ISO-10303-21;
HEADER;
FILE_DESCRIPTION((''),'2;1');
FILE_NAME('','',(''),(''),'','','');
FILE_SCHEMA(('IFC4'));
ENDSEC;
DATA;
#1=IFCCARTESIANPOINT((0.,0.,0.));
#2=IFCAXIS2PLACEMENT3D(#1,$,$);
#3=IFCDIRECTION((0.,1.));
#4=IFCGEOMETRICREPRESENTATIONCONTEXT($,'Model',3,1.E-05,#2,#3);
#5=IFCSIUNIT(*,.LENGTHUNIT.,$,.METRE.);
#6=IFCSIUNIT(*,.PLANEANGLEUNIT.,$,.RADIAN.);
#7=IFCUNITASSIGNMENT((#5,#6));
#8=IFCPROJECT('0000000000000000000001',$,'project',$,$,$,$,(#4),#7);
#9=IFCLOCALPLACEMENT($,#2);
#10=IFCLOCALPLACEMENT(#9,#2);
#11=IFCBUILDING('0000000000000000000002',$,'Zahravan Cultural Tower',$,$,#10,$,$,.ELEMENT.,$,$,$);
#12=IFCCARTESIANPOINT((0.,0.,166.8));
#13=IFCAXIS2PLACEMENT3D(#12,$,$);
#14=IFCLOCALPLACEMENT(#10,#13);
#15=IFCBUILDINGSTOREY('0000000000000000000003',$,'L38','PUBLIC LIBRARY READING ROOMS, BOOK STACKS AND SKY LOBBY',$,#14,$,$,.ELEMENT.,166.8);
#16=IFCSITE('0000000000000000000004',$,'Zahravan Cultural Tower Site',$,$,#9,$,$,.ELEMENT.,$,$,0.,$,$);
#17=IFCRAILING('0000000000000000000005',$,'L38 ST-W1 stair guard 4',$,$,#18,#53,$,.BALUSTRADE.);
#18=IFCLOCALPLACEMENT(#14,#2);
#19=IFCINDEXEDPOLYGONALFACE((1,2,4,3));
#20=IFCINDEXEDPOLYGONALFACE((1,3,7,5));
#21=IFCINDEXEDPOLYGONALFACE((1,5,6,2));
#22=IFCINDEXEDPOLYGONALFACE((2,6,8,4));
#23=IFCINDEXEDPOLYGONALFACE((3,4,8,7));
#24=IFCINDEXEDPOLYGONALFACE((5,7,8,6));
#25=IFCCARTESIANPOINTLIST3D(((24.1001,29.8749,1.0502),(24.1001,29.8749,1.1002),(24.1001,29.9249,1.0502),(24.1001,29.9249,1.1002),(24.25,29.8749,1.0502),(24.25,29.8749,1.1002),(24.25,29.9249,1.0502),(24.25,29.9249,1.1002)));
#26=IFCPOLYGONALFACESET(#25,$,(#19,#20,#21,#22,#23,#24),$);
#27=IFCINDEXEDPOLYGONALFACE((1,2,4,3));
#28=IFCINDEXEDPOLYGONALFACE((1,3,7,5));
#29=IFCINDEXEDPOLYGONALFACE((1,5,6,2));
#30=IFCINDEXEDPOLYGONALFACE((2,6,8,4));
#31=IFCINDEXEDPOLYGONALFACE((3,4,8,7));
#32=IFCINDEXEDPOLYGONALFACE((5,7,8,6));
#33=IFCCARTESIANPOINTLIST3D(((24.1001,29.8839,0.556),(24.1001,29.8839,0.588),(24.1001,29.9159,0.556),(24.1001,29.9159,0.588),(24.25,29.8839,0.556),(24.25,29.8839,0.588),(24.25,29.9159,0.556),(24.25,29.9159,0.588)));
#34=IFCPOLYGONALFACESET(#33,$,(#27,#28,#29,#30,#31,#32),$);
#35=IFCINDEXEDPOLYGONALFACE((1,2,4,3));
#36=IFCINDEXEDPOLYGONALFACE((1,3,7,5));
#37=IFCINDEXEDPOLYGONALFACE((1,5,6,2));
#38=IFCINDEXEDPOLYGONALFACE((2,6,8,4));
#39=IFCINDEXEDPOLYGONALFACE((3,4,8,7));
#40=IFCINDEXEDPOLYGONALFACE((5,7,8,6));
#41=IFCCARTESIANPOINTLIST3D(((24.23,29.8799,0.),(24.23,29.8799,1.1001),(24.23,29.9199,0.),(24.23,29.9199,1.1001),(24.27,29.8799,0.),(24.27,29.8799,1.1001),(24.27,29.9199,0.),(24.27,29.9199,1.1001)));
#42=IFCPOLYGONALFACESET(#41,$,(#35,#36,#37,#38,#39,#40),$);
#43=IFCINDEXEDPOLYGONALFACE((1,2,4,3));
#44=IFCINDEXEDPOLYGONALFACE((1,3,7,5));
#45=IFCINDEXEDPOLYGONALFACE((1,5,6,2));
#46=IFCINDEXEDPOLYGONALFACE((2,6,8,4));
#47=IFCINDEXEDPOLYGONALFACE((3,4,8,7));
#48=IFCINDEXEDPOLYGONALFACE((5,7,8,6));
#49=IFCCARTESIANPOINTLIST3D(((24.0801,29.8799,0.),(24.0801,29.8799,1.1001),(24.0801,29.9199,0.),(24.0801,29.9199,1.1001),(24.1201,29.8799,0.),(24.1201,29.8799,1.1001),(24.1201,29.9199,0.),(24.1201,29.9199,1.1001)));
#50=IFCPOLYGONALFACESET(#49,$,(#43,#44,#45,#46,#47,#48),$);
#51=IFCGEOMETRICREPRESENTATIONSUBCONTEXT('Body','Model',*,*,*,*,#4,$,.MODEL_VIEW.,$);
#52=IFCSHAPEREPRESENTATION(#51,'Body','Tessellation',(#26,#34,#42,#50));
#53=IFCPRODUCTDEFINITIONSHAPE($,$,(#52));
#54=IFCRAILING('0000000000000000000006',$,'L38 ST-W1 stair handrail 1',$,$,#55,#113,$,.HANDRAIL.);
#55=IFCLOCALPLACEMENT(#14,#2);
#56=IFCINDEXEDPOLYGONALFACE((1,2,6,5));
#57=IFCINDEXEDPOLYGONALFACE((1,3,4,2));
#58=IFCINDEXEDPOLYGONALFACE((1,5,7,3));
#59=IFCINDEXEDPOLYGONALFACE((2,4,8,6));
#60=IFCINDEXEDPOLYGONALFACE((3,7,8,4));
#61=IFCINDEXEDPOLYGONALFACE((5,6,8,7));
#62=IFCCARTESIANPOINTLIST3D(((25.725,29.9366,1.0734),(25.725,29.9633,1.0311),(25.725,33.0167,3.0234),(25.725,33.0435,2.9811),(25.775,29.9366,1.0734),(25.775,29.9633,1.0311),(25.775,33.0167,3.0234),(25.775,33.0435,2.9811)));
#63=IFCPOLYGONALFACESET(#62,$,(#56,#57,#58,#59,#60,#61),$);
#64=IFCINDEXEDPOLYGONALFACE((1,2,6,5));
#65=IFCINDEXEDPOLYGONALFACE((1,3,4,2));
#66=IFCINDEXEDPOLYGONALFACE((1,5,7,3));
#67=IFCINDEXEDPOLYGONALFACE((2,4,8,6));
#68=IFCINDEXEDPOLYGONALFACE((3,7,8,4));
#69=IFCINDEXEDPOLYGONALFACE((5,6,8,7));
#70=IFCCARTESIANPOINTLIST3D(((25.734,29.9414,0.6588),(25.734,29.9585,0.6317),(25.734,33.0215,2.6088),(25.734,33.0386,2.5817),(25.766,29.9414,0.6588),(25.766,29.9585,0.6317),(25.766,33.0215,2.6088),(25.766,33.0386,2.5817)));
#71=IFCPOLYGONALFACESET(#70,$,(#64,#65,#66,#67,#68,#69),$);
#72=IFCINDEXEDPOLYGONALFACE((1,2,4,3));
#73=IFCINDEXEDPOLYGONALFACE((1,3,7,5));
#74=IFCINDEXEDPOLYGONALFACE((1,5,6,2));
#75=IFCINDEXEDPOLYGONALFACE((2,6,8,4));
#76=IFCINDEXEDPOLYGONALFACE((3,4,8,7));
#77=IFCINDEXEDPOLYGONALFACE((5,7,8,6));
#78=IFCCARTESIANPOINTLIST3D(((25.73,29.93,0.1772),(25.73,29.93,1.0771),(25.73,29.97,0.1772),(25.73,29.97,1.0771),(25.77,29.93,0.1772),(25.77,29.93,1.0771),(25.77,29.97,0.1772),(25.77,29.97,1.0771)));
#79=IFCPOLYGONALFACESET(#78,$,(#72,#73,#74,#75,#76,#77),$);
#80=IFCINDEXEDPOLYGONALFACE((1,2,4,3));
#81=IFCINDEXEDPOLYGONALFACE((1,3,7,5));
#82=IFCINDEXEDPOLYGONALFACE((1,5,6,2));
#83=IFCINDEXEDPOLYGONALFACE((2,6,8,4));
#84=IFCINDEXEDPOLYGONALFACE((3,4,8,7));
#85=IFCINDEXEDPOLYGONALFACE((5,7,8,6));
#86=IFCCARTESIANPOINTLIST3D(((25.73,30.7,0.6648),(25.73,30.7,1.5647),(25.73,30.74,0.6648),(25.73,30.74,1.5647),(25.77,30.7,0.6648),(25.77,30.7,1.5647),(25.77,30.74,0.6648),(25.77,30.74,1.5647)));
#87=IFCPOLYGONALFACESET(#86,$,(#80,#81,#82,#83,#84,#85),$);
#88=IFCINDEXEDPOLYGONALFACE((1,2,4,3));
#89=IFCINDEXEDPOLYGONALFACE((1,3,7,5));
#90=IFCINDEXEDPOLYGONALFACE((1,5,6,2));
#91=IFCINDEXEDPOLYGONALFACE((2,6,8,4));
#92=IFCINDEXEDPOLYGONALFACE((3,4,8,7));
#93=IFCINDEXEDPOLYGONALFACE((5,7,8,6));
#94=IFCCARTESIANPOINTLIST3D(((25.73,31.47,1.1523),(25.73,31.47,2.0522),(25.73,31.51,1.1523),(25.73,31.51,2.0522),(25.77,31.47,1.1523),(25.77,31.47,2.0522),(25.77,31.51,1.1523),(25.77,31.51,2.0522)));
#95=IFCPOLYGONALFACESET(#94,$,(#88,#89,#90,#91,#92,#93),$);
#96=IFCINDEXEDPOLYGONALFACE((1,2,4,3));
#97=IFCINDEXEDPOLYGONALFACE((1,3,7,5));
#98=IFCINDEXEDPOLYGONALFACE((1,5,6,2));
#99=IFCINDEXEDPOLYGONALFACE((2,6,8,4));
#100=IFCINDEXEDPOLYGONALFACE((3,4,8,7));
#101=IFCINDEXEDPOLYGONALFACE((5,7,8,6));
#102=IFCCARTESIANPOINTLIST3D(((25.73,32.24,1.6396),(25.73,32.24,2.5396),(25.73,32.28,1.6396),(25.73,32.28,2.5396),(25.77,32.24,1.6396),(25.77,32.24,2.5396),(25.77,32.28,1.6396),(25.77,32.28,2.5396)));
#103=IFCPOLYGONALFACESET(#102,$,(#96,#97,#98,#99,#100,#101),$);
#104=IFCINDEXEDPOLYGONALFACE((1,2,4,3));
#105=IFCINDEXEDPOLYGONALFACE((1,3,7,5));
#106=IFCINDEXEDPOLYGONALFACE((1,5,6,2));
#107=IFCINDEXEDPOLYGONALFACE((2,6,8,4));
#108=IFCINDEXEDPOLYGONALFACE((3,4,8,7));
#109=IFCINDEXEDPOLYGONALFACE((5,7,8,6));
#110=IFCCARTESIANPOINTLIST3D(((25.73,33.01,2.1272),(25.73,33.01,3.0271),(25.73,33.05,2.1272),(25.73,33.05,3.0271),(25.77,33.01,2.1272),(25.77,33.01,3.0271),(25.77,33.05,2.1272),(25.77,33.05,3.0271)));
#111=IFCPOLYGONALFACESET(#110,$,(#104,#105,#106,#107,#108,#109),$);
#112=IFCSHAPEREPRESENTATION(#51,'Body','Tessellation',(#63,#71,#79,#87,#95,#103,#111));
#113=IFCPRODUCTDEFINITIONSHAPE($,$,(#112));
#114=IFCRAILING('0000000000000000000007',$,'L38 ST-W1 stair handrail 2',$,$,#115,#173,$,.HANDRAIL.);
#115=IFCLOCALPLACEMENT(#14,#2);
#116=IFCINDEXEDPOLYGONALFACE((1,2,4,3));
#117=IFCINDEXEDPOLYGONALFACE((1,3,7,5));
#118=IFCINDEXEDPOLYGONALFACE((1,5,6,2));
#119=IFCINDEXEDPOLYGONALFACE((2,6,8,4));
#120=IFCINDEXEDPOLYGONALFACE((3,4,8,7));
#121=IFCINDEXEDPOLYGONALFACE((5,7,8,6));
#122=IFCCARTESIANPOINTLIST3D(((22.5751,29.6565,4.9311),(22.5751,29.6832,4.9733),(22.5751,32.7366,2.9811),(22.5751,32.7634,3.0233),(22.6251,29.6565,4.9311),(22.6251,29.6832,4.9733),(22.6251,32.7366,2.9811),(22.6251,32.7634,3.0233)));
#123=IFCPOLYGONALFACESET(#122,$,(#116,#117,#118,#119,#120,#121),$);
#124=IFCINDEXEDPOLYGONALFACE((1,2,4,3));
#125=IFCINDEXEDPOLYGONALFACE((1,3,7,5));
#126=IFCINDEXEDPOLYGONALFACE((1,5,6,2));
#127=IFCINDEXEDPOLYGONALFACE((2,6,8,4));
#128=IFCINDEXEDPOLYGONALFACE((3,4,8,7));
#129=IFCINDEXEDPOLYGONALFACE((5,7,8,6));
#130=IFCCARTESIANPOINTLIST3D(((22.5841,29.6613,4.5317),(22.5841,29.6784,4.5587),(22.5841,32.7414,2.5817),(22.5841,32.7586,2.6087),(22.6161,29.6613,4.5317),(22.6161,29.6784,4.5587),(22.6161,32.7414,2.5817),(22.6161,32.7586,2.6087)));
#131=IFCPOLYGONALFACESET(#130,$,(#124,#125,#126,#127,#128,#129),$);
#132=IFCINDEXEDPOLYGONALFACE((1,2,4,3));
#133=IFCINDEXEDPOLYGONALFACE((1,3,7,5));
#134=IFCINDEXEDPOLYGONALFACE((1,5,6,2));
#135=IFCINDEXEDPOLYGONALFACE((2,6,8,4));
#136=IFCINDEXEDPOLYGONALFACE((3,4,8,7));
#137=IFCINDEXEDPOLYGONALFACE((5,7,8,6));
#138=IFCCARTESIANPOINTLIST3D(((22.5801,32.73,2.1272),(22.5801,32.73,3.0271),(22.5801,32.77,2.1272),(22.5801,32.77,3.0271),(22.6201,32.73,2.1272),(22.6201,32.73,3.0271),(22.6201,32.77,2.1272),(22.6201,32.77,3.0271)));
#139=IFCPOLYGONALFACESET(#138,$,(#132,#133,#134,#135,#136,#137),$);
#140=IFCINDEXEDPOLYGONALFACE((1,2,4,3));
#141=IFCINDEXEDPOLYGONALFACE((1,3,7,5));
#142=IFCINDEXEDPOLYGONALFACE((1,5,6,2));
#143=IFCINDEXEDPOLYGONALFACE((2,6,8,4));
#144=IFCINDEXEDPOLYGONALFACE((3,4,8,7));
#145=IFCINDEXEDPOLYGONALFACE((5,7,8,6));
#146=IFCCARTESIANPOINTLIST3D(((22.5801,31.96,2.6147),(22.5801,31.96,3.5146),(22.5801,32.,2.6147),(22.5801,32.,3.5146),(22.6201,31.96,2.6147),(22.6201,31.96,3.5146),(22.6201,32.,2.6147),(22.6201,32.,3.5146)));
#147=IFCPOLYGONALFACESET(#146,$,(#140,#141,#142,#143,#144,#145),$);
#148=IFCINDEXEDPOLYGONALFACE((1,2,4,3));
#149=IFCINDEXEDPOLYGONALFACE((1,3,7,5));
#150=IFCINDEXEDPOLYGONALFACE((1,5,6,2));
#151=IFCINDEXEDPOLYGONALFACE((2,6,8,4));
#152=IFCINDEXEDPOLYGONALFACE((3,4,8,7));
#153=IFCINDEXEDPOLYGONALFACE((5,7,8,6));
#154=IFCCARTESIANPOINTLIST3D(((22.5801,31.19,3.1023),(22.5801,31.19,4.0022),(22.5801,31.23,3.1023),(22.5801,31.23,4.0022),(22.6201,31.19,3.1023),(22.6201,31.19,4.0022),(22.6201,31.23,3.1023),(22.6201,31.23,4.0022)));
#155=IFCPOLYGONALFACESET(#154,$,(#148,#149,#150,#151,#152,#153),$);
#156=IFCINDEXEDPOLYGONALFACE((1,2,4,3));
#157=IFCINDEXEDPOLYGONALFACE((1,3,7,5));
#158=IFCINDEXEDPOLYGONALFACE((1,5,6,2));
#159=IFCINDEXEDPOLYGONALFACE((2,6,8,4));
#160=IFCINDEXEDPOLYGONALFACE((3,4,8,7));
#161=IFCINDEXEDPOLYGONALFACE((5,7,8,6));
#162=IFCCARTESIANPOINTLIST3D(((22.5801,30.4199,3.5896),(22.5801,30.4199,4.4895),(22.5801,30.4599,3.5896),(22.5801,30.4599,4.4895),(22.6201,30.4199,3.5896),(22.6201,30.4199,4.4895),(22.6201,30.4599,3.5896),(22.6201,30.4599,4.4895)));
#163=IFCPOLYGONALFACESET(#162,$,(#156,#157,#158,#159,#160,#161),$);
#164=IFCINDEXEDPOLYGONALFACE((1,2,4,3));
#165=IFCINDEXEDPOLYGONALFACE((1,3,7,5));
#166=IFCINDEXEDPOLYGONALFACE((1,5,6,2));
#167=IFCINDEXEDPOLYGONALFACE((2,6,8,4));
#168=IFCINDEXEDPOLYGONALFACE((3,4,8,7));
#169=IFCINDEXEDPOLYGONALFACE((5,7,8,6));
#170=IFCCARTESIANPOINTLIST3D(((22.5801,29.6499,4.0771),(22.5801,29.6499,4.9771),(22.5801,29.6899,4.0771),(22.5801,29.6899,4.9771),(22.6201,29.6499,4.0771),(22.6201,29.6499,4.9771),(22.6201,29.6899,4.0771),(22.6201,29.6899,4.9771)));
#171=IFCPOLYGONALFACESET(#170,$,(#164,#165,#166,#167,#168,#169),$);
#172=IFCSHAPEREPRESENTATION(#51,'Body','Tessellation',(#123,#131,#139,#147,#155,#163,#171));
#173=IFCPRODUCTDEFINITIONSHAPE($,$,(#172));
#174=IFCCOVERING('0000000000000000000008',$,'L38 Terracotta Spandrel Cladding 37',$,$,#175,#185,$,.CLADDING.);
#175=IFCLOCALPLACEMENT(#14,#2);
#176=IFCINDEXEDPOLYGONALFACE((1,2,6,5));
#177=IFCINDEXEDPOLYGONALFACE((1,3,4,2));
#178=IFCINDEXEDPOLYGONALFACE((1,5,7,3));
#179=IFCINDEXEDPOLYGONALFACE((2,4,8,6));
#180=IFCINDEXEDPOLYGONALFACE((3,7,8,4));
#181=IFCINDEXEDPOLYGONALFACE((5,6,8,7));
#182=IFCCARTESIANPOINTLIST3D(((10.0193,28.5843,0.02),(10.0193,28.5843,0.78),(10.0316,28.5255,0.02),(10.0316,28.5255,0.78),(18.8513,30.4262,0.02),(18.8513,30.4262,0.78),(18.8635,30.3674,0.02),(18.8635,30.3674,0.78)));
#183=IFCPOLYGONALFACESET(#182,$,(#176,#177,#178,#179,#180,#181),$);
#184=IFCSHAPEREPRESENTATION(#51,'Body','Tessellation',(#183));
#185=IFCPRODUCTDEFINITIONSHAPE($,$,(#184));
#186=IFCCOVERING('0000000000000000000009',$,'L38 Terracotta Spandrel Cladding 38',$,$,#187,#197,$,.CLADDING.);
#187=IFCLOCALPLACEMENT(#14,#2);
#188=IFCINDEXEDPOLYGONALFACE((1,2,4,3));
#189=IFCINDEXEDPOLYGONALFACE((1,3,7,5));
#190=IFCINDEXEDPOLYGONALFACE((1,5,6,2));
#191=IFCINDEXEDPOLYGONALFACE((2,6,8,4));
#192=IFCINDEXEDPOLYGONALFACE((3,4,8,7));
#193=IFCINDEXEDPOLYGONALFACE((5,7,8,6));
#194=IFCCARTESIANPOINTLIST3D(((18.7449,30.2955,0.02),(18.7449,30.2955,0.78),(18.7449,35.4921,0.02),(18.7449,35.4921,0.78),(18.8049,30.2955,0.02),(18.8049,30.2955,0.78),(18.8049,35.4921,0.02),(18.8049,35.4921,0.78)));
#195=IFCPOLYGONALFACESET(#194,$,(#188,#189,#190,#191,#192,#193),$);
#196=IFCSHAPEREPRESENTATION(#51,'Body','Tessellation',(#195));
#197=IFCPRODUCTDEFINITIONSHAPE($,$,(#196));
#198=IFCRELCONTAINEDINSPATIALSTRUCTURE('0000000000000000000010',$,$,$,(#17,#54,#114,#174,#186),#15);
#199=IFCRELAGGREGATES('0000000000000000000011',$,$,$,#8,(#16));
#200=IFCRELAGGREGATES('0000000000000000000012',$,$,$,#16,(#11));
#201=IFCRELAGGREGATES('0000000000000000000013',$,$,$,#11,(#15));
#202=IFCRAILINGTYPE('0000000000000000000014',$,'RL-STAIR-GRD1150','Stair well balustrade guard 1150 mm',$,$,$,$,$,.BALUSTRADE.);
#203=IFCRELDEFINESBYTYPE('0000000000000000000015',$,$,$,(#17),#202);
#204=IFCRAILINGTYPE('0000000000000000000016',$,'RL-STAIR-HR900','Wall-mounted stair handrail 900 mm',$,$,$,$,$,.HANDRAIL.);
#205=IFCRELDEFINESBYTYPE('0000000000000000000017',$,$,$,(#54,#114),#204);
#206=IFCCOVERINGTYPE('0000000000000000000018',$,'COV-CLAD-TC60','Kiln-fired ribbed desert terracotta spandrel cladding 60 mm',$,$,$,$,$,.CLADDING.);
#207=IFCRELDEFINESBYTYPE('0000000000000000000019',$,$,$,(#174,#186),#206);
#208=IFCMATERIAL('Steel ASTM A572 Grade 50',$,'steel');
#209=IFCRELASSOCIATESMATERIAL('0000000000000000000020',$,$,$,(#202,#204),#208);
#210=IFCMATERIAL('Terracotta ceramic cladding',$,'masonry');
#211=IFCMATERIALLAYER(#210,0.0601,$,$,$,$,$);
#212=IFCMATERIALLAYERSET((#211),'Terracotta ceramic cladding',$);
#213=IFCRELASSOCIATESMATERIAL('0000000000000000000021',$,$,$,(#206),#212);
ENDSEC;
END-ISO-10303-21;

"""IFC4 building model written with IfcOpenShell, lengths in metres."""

from ifc_helpers import new_model, si_unit, direction, frame, origin, origin_2d, place, context, subcontext, project, spatial, rectangle, extrude, source, transform, mapped, material, layer, layer_set, type_object, element, save


model = new_model("IFC4")

# Units and contexts
model_context = context("Model", 3, precision=1e-05, world=origin(), true_north=direction((0.0, 1.0)))
body_context = subcontext(model_context, "Body", "Model", "MODEL_VIEW")
ifc_project = project(units=[si_unit("LENGTHUNIT", "METRE"), si_unit("PLANEANGLEUNIT", "RADIAN")], contexts=[model_context])

# Site, building, storey
site_placement = place(None, origin())
site = spatial("IfcSite", under=ifc_project, at=site_placement, Name="Zahravan Cultural Tower Site", CompositionType="ELEMENT", RefElevation=0.0)
building_placement = place(site_placement, origin())
building = spatial("IfcBuilding", under=site, at=building_placement, Name="Zahravan Cultural Tower", CompositionType="ELEMENT")
storey_placement = place(building_placement, frame((0.0, 0.0, 166.8)))
storey = spatial("IfcBuildingStorey", under=building, at=storey_placement, Name="L38", Description="PUBLIC LIBRARY READING ROOMS, BOOK STACKS AND SKY LOBBY", CompositionType="ELEMENT", Elevation=166.8)

# Shared definitions
ifc_material_1 = material(Name="Steel ASTM A572 Grade 50", Category="steel")

# Railings
railing_type_1 = type_object("IfcRailingType", Name="RL-STAIR-GRD1150", Description="Stair well balustrade guard 1150 mm", PredefinedType="BALUSTRADE", material=ifc_material_1)
railing_1_placement = place(storey_placement, frame((24.25, 29.8999, 0.0)))
element("IfcRailing", 1, at=railing_1_placement, inside=storey, type_object=railing_type_1, Name="L38 ST-W1 stair guard 4", PredefinedType="BALUSTRADE", context=body_context, shape_type="SweptSolid", body=[
    extrude(rectangle(XDim=0.05, YDim=0.05, at=origin_2d()), frame((0.0, 0.0, 1.0752), z_axis=(-1.0, 0.0, 0.0), x_axis=(0.0, -1.0, 0.0)), (0.0, 0.0, 1.0), 0.1499),
    extrude(rectangle(XDim=0.032, YDim=0.032, at=origin_2d()), frame((0.0, 0.0, 0.572), z_axis=(-1.0, 0.0, 0.0), x_axis=(0.0, -1.0, 0.0)), (0.0, 0.0, 1.0), 0.1499),
    extrude(rectangle(XDim=0.04, YDim=0.04, at=origin_2d()), origin(), (0.0, 0.0, 1.0), 1.1001),
    extrude(rectangle(XDim=0.04, YDim=0.04, at=origin_2d()), frame((-0.1499, 0.0, 0.0)), (0.0, 0.0, 1.0), 1.1001),
])
railing_type_2 = type_object("IfcRailingType", Name="RL-STAIR-HR900", Description="Wall-mounted stair handrail 900 mm", PredefinedType="HANDRAIL", material=ifc_material_1)
railing_2_placement = place(storey_placement, frame((25.75, 29.95, 0.1772)))
element("IfcRailing", 2, at=railing_2_placement, inside=storey, type_object=railing_type_2, Name="L38 ST-W1 stair handrail 1", PredefinedType="HANDRAIL", context=body_context, shape_type="SweptSolid", body=[
    extrude(rectangle(XDim=0.05, YDim=0.05, at=origin_2d()), frame((0.0, 0.0, 0.875), z_axis=(0.0, 0.844914, 0.534902), x_axis=(-1.0, 0.0, 0.0)), (0.0, 0.0, 1.0), 3.6455),
    extrude(rectangle(XDim=0.032, YDim=0.032, at=origin_2d()), frame((0.0, 0.0, 0.468), z_axis=(0.0, 0.844914, 0.534902), x_axis=(-1.0, 0.0, 0.0)), (0.0, 0.0, 1.0), 3.6455),
    extrude(rectangle(XDim=0.04, YDim=0.04, at=origin_2d()), origin(), (0.0, 0.0, 1.0), 0.8999),
    extrude(rectangle(XDim=0.04, YDim=0.04, at=origin_2d()), frame((0.0, 0.77, 0.4875)), (0.0, 0.0, 1.0), 0.8999),
    extrude(rectangle(XDim=0.04, YDim=0.04, at=origin_2d()), frame((0.0, 1.54, 0.9751)), (0.0, 0.0, 1.0), 0.8999),
    extrude(rectangle(XDim=0.04, YDim=0.04, at=origin_2d()), frame((0.0, 2.3101, 1.4624)), (0.0, 0.0, 1.0), 0.8999),
    extrude(rectangle(XDim=0.04, YDim=0.04, at=origin_2d()), frame((0.0, 3.0801, 1.95)), (0.0, 0.0, 1.0), 0.8999),
])
railing_3_placement = place(storey_placement, frame((22.6001, 32.75, 2.1272)))
element("IfcRailing", 3, at=railing_3_placement, inside=storey, type_object=railing_type_2, Name="L38 ST-W1 stair handrail 2", PredefinedType="HANDRAIL", context=body_context, shape_type="SweptSolid", body=[
    extrude(rectangle(XDim=0.05, YDim=0.05, at=origin_2d()), frame((0.0, 0.0, 0.875), z_axis=(0.0, -0.844914, 0.534902), x_axis=(1.0, 0.0, 0.0)), (0.0, 0.0, 1.0), 3.6455),
    extrude(rectangle(XDim=0.032, YDim=0.032, at=origin_2d()), frame((0.0, 0.0, 0.468), z_axis=(0.0, -0.844914, 0.534902), x_axis=(1.0, 0.0, 0.0)), (0.0, 0.0, 1.0), 3.6455),
    extrude(rectangle(XDim=0.04, YDim=0.04, at=origin_2d()), origin(), (0.0, 0.0, 1.0), 0.8999),
    extrude(rectangle(XDim=0.04, YDim=0.04, at=origin_2d()), frame((0.0, -0.77, 0.4875)), (0.0, 0.0, 1.0), 0.8999),
    extrude(rectangle(XDim=0.04, YDim=0.04, at=origin_2d()), frame((0.0, -1.54, 0.9751)), (0.0, 0.0, 1.0), 0.8999),
    extrude(rectangle(XDim=0.04, YDim=0.04, at=origin_2d()), frame((0.0, -2.3101, 1.4624)), (0.0, 0.0, 1.0), 0.8999),
    extrude(rectangle(XDim=0.04, YDim=0.04, at=origin_2d()), frame((0.0, -3.0801, 1.95)), (0.0, 0.0, 1.0), 0.8999),
])

# Coverings
ifc_material_2 = material(Name="Terracotta ceramic cladding", Category="masonry")
ifc_layer_1 = layer(ifc_material_2, 0.0601)
ifc_layer_set_1 = layer_set([ifc_layer_1], Name="Terracotta ceramic cladding")
covering_type = type_object("IfcCoveringType", Name="COV-CLAD-TC60", Description="Kiln-fired ribbed desert terracotta spandrel cladding 60 mm", PredefinedType="CLADDING", material=ifc_layer_set_1)
shared_shape_1 = source(origin(), body_context, "Body", "SweptSolid", [
    extrude(rectangle(XDim=9.022, YDim=0.0601, at=origin_2d()), origin(), (0.0, 0.0, 1.0), 0.76),
])
covering_1_placement = place(storey_placement, frame((14.4414, 29.4758, 0.02), z_axis=(0.0, 0.0, 1.0), x_axis=(0.978939, 0.204154, 0.0)))
element("IfcCovering", 4, at=covering_1_placement, inside=storey, type_object=covering_type, Name="L38 Terracotta Spandrel Cladding 37", PredefinedType="CLADDING", context=body_context, shape_type="MappedRepresentation", body=[
    mapped(shared_shape_1, transform((0.0, 0.0, 0.0), x_axis=(1.0, 0.0, 0.0), y_axis=(0.0, 1.0, 0.0), z_axis=(0.0, 0.0, 1.0), scale=1.0)),
])
shared_shape_2 = source(origin(), body_context, "Body", "SweptSolid", [
    extrude(rectangle(XDim=5.1965, YDim=0.0601, at=origin_2d()), origin(), (0.0, 0.0, 1.0), 0.76),
])
covering_2_placement = place(storey_placement, frame((18.7749, 32.8938, 0.02), z_axis=(0.0, 0.0, 1.0), x_axis=(0.0, 1.0, 0.0)))
element("IfcCovering", 5, at=covering_2_placement, inside=storey, type_object=covering_type, Name="L38 Terracotta Spandrel Cladding 38", PredefinedType="CLADDING", context=body_context, shape_type="MappedRepresentation", body=[
    mapped(shared_shape_2, transform((0.0, 0.0, 0.0), x_axis=(1.0, 0.0, 0.0), y_axis=(0.0, 1.0, 0.0), z_axis=(0.0, 0.0, 1.0), scale=1.0)),
])

save(model, "model.ifc")
